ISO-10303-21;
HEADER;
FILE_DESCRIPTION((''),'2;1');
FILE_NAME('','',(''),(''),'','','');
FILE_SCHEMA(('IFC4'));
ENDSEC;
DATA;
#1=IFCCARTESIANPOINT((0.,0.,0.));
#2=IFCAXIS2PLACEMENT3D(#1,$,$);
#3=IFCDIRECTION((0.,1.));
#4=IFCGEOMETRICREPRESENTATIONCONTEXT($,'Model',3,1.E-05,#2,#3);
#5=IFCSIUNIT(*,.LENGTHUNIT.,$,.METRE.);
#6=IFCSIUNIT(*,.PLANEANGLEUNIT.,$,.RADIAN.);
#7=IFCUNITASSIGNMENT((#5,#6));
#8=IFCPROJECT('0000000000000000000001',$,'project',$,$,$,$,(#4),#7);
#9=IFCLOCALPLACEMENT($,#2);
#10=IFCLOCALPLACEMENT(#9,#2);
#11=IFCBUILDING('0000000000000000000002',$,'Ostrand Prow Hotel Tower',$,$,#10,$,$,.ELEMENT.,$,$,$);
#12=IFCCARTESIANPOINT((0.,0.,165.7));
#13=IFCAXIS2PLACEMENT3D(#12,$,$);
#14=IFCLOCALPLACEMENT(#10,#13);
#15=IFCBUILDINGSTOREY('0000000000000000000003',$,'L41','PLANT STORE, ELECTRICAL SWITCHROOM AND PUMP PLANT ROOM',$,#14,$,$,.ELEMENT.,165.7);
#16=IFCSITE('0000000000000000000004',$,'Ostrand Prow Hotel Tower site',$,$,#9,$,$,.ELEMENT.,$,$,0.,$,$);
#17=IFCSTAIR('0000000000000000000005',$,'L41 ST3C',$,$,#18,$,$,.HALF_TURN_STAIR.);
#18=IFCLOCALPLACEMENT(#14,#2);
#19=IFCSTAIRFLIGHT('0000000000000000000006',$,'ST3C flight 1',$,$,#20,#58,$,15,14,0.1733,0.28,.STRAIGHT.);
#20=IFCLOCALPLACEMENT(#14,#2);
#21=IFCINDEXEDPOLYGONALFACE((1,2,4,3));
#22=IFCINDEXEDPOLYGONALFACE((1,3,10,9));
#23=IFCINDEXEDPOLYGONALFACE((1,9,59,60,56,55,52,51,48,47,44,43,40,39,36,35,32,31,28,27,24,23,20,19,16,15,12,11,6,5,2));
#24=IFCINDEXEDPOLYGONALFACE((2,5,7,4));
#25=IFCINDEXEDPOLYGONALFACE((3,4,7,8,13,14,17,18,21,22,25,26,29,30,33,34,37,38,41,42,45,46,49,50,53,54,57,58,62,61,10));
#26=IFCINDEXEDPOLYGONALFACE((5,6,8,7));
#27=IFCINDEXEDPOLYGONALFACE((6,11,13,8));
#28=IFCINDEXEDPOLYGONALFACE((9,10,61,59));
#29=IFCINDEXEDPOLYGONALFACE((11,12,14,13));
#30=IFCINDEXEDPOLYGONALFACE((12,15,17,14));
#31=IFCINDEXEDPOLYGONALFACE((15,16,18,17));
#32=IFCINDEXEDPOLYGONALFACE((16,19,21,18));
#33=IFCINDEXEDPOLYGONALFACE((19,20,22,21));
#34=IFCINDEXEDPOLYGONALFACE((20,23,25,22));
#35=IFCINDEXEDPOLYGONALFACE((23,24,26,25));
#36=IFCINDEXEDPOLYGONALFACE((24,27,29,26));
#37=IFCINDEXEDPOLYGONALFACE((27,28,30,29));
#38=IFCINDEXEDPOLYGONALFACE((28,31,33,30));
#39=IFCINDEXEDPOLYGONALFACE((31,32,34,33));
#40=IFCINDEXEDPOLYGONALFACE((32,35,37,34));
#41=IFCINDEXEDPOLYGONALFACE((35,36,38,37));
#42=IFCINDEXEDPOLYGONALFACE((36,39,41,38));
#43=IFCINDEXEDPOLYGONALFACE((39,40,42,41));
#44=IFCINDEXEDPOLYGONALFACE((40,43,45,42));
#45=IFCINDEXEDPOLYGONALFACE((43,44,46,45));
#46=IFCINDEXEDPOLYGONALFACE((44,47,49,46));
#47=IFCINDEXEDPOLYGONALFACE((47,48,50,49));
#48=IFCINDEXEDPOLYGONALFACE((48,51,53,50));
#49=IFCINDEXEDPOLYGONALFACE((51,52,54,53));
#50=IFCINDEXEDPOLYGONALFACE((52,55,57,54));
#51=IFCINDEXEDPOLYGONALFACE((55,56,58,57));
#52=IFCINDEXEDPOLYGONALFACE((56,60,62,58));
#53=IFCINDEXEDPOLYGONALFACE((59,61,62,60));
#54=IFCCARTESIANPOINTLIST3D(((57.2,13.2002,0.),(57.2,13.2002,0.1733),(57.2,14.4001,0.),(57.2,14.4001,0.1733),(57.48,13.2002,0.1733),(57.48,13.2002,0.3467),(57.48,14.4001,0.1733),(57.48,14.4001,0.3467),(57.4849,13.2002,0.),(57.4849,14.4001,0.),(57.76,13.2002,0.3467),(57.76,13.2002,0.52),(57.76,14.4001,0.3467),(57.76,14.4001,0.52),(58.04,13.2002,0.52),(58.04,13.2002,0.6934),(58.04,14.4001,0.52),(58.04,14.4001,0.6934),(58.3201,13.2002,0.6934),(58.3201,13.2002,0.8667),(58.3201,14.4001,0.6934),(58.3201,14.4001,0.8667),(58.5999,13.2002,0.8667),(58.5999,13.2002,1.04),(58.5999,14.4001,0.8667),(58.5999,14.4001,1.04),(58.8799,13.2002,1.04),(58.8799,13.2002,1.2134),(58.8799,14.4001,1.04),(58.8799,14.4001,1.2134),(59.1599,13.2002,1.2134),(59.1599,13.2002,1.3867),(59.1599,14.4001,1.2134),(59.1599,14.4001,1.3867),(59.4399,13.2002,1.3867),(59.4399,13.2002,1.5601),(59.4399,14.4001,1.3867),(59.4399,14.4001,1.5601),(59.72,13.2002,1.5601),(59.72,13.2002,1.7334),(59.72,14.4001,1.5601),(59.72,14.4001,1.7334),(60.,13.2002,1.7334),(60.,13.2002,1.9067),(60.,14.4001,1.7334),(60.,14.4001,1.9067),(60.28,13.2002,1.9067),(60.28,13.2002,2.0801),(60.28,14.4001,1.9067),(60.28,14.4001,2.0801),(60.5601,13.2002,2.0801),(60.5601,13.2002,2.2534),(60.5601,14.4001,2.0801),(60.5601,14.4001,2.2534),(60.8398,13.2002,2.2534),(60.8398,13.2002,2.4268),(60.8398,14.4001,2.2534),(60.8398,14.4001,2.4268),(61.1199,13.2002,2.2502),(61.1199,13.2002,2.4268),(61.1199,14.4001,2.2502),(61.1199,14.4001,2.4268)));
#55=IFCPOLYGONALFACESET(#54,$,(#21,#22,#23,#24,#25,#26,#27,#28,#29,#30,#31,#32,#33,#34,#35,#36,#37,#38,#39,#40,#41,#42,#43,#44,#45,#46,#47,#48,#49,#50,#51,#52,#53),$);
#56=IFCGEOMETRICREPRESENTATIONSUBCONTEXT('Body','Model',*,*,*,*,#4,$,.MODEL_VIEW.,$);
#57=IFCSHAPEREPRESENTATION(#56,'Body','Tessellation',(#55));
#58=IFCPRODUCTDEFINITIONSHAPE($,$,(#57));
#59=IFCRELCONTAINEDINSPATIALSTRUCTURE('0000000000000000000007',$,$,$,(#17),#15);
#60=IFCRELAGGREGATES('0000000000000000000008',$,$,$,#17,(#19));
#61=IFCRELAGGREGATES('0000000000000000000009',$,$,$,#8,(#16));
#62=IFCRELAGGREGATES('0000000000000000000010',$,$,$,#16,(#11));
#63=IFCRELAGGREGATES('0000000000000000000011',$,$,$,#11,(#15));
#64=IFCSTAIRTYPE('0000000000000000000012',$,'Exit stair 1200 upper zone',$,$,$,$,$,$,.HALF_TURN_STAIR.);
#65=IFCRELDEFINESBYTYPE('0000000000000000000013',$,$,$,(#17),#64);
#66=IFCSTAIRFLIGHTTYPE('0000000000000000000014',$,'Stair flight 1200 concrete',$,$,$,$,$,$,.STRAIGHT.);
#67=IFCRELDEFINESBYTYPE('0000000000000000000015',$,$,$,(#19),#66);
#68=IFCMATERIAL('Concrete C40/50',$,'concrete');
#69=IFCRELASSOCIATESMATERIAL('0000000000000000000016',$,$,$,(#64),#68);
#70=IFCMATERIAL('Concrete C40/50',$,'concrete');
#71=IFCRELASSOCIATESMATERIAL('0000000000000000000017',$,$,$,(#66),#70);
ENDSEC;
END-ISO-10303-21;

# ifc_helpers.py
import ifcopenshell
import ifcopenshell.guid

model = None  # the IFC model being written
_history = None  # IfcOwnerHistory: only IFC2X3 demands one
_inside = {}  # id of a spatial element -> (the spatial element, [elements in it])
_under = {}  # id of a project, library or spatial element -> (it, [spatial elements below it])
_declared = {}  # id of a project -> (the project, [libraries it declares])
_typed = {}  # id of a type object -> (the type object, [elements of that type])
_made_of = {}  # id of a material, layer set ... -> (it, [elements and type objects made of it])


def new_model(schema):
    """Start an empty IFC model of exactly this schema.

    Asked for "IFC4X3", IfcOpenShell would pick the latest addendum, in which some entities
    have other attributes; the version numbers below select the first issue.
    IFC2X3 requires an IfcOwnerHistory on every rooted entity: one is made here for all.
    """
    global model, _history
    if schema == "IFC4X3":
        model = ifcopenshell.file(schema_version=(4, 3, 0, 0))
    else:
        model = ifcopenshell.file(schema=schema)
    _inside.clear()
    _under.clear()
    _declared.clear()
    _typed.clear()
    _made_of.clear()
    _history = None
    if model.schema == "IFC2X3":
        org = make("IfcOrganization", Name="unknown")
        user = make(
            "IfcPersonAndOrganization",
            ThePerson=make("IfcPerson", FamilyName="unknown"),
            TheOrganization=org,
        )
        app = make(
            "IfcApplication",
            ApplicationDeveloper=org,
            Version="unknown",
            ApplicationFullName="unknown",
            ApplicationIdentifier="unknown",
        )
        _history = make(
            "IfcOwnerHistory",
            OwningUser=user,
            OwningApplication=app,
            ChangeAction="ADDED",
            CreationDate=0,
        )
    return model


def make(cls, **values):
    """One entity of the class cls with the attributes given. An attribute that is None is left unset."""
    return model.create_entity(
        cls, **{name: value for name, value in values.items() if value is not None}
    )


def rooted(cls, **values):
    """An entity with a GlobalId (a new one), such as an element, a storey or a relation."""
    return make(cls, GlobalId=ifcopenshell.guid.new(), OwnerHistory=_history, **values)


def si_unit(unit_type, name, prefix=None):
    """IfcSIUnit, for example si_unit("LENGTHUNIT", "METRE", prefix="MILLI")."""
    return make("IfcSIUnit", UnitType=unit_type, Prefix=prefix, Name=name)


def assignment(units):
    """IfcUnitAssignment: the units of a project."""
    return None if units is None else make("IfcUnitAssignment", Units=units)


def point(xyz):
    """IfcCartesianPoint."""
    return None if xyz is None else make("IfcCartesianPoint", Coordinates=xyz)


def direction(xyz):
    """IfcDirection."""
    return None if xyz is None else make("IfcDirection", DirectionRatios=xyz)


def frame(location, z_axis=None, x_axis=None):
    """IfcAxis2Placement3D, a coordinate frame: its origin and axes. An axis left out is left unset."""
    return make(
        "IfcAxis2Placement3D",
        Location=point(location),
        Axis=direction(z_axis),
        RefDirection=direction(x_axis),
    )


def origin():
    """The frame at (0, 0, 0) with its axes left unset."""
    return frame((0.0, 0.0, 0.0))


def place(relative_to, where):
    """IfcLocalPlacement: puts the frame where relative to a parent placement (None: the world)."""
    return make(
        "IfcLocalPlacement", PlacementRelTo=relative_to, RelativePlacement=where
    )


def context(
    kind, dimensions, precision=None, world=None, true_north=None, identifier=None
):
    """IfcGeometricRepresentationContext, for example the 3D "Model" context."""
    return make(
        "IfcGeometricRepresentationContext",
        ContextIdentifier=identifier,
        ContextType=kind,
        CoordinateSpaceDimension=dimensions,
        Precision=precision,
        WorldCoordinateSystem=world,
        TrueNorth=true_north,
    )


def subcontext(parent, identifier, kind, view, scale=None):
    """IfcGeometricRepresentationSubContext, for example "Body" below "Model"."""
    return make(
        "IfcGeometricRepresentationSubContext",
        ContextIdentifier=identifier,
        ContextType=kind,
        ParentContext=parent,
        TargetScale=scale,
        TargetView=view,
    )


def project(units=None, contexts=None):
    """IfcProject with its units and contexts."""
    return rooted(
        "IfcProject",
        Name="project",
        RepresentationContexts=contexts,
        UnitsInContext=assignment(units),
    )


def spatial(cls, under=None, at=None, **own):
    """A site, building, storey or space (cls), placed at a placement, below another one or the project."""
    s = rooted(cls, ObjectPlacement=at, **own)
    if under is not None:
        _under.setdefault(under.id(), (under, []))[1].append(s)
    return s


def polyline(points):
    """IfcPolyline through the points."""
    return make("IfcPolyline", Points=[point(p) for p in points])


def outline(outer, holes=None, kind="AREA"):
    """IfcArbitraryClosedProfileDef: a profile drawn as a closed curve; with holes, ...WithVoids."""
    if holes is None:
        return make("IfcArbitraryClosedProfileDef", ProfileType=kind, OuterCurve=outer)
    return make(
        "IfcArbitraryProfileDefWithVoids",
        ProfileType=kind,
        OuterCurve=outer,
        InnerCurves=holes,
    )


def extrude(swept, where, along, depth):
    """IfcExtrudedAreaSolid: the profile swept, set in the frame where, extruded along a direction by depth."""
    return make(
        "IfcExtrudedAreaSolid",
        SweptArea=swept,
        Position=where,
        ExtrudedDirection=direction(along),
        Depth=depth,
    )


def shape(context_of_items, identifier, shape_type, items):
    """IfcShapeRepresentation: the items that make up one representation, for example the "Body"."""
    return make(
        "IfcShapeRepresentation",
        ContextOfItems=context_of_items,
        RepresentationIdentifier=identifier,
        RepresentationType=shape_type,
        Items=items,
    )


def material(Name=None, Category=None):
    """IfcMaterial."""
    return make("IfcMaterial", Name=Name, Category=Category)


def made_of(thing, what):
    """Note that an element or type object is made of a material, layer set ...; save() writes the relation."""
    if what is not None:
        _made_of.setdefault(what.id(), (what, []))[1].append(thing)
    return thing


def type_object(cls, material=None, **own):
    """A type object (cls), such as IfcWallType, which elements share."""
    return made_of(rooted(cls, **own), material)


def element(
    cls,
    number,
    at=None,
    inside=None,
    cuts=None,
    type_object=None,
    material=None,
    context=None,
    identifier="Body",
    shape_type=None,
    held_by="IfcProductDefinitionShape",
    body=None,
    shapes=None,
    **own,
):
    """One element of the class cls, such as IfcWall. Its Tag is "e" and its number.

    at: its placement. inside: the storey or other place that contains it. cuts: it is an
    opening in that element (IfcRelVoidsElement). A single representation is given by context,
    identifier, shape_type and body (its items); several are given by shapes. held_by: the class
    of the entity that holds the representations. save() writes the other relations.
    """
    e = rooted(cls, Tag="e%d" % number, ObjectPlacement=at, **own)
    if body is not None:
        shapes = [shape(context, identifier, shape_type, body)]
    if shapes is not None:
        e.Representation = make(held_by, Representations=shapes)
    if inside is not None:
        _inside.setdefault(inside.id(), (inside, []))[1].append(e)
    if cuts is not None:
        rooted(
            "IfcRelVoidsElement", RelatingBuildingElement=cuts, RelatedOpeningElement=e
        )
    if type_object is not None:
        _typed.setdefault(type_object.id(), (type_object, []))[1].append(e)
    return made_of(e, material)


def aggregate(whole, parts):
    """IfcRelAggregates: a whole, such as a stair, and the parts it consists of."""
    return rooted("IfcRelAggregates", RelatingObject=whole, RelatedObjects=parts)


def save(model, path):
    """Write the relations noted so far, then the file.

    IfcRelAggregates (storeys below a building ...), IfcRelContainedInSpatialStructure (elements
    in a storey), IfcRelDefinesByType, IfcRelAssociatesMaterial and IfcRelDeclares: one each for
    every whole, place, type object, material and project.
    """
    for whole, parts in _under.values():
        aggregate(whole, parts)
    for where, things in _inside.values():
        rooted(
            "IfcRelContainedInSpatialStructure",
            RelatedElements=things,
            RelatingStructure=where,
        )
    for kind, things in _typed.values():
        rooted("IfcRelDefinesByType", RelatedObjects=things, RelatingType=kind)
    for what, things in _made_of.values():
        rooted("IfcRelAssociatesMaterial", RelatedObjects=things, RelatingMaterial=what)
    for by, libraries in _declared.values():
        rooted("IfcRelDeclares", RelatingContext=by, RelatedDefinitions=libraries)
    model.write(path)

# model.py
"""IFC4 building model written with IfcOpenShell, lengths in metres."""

from ifc_helpers import new_model, si_unit, direction, frame, origin, place, context, subcontext, project, spatial, polyline, outline, extrude, material, type_object, element, aggregate, save


model = new_model("IFC4")

# Units and contexts
model_context = context("Model", 3, precision=1e-05, world=origin(), true_north=direction((0.0, 1.0)))
body_context = subcontext(model_context, "Body", "Model", "MODEL_VIEW")
ifc_project = project(units=[si_unit("LENGTHUNIT", "METRE"), si_unit("PLANEANGLEUNIT", "RADIAN")], contexts=[model_context])

# Site, building, storey
site_placement = place(None, origin())
site = spatial("IfcSite", under=ifc_project, at=site_placement, Name="Ostrand Prow Hotel Tower site", CompositionType="ELEMENT", RefElevation=0.0)
building_placement = place(site_placement, origin())
building = spatial("IfcBuilding", under=site, at=building_placement, Name="Ostrand Prow Hotel Tower", CompositionType="ELEMENT")
storey_placement = place(building_placement, frame((0.0, 0.0, 165.7)))
storey = spatial("IfcBuildingStorey", under=building, at=storey_placement, Name="L41", Description="PLANT STORE, ELECTRICAL SWITCHROOM AND PUMP PLANT ROOM", CompositionType="ELEMENT", Elevation=165.7)

# Shared definitions
ifc_material_1 = material(Name="Concrete C40/50", Category="concrete")
stair_type = type_object("IfcStairType", Name="Exit stair 1200 upper zone", PredefinedType="HALF_TURN_STAIR", material=ifc_material_1)
ifc_material_2 = material(Name="Concrete C40/50", Category="concrete")
stair_flight_type = type_object("IfcStairFlightType", Name="Stair flight 1200 concrete", PredefinedType="STRAIGHT", material=ifc_material_2)

# Stair, stair flight
stair_1_placement = place(storey_placement, origin())
stair_1 = element("IfcStair", 1, at=stair_1_placement, inside=storey, type_object=stair_type, Name="L41 ST3C", PredefinedType="HALF_TURN_STAIR")
stair_flight_1_placement = place(storey_placement, frame((57.2, 13.8, 0.0), z_axis=(0.0, 0.0, 1.0), x_axis=(1.0, 0.0, 0.0)))
stair_flight_1 = element("IfcStairFlight", 2, at=stair_flight_1_placement, type_object=stair_flight_type, Name="ST3C flight 1", NumberOfRisers=15, NumberOfTreads=14, PredefinedType="STRAIGHT", RiserHeight=0.1733, TreadLength=0.28, context=body_context, shape_type="SweptSolid", body=[
    extrude(outline(polyline([(0.0, 0.0), (0.0, 0.1733), (0.28, 0.1733), (0.28, 0.3467), (0.5601, 0.3467), (0.5601, 0.52), (0.8401, 0.52), (0.8401, 0.6934), (1.1201, 0.6934), (1.1201, 0.8667), (1.3999, 0.8667), (1.3999, 1.04), (1.6799, 1.04), (1.6799, 1.2134), (1.96, 1.2134), (1.96, 1.3867), (2.24, 1.3867), (2.24, 1.5601), (2.52, 1.5601), (2.52, 1.7334), (2.8, 1.7334), (2.8, 1.9067), (3.0801, 1.9067), (3.0801, 2.0801), (3.3601, 2.0801), (3.3601, 2.2534), (3.6399, 2.2534), (3.6399, 2.4268), (3.9199, 2.4268), (3.9199, 2.6001), (3.9199, 2.2502), (0.2849, 0.0), (0.0, 0.0)])), frame((0.0, 0.6001, 0.0), z_axis=(0.0, -1.0, 0.0), x_axis=(1.0, 0.0, 0.0)), (0.0, 0.0, 1.0), 1.2),
])
aggregate(stair_1, [stair_flight_1])

save(model, "model.ifc")
